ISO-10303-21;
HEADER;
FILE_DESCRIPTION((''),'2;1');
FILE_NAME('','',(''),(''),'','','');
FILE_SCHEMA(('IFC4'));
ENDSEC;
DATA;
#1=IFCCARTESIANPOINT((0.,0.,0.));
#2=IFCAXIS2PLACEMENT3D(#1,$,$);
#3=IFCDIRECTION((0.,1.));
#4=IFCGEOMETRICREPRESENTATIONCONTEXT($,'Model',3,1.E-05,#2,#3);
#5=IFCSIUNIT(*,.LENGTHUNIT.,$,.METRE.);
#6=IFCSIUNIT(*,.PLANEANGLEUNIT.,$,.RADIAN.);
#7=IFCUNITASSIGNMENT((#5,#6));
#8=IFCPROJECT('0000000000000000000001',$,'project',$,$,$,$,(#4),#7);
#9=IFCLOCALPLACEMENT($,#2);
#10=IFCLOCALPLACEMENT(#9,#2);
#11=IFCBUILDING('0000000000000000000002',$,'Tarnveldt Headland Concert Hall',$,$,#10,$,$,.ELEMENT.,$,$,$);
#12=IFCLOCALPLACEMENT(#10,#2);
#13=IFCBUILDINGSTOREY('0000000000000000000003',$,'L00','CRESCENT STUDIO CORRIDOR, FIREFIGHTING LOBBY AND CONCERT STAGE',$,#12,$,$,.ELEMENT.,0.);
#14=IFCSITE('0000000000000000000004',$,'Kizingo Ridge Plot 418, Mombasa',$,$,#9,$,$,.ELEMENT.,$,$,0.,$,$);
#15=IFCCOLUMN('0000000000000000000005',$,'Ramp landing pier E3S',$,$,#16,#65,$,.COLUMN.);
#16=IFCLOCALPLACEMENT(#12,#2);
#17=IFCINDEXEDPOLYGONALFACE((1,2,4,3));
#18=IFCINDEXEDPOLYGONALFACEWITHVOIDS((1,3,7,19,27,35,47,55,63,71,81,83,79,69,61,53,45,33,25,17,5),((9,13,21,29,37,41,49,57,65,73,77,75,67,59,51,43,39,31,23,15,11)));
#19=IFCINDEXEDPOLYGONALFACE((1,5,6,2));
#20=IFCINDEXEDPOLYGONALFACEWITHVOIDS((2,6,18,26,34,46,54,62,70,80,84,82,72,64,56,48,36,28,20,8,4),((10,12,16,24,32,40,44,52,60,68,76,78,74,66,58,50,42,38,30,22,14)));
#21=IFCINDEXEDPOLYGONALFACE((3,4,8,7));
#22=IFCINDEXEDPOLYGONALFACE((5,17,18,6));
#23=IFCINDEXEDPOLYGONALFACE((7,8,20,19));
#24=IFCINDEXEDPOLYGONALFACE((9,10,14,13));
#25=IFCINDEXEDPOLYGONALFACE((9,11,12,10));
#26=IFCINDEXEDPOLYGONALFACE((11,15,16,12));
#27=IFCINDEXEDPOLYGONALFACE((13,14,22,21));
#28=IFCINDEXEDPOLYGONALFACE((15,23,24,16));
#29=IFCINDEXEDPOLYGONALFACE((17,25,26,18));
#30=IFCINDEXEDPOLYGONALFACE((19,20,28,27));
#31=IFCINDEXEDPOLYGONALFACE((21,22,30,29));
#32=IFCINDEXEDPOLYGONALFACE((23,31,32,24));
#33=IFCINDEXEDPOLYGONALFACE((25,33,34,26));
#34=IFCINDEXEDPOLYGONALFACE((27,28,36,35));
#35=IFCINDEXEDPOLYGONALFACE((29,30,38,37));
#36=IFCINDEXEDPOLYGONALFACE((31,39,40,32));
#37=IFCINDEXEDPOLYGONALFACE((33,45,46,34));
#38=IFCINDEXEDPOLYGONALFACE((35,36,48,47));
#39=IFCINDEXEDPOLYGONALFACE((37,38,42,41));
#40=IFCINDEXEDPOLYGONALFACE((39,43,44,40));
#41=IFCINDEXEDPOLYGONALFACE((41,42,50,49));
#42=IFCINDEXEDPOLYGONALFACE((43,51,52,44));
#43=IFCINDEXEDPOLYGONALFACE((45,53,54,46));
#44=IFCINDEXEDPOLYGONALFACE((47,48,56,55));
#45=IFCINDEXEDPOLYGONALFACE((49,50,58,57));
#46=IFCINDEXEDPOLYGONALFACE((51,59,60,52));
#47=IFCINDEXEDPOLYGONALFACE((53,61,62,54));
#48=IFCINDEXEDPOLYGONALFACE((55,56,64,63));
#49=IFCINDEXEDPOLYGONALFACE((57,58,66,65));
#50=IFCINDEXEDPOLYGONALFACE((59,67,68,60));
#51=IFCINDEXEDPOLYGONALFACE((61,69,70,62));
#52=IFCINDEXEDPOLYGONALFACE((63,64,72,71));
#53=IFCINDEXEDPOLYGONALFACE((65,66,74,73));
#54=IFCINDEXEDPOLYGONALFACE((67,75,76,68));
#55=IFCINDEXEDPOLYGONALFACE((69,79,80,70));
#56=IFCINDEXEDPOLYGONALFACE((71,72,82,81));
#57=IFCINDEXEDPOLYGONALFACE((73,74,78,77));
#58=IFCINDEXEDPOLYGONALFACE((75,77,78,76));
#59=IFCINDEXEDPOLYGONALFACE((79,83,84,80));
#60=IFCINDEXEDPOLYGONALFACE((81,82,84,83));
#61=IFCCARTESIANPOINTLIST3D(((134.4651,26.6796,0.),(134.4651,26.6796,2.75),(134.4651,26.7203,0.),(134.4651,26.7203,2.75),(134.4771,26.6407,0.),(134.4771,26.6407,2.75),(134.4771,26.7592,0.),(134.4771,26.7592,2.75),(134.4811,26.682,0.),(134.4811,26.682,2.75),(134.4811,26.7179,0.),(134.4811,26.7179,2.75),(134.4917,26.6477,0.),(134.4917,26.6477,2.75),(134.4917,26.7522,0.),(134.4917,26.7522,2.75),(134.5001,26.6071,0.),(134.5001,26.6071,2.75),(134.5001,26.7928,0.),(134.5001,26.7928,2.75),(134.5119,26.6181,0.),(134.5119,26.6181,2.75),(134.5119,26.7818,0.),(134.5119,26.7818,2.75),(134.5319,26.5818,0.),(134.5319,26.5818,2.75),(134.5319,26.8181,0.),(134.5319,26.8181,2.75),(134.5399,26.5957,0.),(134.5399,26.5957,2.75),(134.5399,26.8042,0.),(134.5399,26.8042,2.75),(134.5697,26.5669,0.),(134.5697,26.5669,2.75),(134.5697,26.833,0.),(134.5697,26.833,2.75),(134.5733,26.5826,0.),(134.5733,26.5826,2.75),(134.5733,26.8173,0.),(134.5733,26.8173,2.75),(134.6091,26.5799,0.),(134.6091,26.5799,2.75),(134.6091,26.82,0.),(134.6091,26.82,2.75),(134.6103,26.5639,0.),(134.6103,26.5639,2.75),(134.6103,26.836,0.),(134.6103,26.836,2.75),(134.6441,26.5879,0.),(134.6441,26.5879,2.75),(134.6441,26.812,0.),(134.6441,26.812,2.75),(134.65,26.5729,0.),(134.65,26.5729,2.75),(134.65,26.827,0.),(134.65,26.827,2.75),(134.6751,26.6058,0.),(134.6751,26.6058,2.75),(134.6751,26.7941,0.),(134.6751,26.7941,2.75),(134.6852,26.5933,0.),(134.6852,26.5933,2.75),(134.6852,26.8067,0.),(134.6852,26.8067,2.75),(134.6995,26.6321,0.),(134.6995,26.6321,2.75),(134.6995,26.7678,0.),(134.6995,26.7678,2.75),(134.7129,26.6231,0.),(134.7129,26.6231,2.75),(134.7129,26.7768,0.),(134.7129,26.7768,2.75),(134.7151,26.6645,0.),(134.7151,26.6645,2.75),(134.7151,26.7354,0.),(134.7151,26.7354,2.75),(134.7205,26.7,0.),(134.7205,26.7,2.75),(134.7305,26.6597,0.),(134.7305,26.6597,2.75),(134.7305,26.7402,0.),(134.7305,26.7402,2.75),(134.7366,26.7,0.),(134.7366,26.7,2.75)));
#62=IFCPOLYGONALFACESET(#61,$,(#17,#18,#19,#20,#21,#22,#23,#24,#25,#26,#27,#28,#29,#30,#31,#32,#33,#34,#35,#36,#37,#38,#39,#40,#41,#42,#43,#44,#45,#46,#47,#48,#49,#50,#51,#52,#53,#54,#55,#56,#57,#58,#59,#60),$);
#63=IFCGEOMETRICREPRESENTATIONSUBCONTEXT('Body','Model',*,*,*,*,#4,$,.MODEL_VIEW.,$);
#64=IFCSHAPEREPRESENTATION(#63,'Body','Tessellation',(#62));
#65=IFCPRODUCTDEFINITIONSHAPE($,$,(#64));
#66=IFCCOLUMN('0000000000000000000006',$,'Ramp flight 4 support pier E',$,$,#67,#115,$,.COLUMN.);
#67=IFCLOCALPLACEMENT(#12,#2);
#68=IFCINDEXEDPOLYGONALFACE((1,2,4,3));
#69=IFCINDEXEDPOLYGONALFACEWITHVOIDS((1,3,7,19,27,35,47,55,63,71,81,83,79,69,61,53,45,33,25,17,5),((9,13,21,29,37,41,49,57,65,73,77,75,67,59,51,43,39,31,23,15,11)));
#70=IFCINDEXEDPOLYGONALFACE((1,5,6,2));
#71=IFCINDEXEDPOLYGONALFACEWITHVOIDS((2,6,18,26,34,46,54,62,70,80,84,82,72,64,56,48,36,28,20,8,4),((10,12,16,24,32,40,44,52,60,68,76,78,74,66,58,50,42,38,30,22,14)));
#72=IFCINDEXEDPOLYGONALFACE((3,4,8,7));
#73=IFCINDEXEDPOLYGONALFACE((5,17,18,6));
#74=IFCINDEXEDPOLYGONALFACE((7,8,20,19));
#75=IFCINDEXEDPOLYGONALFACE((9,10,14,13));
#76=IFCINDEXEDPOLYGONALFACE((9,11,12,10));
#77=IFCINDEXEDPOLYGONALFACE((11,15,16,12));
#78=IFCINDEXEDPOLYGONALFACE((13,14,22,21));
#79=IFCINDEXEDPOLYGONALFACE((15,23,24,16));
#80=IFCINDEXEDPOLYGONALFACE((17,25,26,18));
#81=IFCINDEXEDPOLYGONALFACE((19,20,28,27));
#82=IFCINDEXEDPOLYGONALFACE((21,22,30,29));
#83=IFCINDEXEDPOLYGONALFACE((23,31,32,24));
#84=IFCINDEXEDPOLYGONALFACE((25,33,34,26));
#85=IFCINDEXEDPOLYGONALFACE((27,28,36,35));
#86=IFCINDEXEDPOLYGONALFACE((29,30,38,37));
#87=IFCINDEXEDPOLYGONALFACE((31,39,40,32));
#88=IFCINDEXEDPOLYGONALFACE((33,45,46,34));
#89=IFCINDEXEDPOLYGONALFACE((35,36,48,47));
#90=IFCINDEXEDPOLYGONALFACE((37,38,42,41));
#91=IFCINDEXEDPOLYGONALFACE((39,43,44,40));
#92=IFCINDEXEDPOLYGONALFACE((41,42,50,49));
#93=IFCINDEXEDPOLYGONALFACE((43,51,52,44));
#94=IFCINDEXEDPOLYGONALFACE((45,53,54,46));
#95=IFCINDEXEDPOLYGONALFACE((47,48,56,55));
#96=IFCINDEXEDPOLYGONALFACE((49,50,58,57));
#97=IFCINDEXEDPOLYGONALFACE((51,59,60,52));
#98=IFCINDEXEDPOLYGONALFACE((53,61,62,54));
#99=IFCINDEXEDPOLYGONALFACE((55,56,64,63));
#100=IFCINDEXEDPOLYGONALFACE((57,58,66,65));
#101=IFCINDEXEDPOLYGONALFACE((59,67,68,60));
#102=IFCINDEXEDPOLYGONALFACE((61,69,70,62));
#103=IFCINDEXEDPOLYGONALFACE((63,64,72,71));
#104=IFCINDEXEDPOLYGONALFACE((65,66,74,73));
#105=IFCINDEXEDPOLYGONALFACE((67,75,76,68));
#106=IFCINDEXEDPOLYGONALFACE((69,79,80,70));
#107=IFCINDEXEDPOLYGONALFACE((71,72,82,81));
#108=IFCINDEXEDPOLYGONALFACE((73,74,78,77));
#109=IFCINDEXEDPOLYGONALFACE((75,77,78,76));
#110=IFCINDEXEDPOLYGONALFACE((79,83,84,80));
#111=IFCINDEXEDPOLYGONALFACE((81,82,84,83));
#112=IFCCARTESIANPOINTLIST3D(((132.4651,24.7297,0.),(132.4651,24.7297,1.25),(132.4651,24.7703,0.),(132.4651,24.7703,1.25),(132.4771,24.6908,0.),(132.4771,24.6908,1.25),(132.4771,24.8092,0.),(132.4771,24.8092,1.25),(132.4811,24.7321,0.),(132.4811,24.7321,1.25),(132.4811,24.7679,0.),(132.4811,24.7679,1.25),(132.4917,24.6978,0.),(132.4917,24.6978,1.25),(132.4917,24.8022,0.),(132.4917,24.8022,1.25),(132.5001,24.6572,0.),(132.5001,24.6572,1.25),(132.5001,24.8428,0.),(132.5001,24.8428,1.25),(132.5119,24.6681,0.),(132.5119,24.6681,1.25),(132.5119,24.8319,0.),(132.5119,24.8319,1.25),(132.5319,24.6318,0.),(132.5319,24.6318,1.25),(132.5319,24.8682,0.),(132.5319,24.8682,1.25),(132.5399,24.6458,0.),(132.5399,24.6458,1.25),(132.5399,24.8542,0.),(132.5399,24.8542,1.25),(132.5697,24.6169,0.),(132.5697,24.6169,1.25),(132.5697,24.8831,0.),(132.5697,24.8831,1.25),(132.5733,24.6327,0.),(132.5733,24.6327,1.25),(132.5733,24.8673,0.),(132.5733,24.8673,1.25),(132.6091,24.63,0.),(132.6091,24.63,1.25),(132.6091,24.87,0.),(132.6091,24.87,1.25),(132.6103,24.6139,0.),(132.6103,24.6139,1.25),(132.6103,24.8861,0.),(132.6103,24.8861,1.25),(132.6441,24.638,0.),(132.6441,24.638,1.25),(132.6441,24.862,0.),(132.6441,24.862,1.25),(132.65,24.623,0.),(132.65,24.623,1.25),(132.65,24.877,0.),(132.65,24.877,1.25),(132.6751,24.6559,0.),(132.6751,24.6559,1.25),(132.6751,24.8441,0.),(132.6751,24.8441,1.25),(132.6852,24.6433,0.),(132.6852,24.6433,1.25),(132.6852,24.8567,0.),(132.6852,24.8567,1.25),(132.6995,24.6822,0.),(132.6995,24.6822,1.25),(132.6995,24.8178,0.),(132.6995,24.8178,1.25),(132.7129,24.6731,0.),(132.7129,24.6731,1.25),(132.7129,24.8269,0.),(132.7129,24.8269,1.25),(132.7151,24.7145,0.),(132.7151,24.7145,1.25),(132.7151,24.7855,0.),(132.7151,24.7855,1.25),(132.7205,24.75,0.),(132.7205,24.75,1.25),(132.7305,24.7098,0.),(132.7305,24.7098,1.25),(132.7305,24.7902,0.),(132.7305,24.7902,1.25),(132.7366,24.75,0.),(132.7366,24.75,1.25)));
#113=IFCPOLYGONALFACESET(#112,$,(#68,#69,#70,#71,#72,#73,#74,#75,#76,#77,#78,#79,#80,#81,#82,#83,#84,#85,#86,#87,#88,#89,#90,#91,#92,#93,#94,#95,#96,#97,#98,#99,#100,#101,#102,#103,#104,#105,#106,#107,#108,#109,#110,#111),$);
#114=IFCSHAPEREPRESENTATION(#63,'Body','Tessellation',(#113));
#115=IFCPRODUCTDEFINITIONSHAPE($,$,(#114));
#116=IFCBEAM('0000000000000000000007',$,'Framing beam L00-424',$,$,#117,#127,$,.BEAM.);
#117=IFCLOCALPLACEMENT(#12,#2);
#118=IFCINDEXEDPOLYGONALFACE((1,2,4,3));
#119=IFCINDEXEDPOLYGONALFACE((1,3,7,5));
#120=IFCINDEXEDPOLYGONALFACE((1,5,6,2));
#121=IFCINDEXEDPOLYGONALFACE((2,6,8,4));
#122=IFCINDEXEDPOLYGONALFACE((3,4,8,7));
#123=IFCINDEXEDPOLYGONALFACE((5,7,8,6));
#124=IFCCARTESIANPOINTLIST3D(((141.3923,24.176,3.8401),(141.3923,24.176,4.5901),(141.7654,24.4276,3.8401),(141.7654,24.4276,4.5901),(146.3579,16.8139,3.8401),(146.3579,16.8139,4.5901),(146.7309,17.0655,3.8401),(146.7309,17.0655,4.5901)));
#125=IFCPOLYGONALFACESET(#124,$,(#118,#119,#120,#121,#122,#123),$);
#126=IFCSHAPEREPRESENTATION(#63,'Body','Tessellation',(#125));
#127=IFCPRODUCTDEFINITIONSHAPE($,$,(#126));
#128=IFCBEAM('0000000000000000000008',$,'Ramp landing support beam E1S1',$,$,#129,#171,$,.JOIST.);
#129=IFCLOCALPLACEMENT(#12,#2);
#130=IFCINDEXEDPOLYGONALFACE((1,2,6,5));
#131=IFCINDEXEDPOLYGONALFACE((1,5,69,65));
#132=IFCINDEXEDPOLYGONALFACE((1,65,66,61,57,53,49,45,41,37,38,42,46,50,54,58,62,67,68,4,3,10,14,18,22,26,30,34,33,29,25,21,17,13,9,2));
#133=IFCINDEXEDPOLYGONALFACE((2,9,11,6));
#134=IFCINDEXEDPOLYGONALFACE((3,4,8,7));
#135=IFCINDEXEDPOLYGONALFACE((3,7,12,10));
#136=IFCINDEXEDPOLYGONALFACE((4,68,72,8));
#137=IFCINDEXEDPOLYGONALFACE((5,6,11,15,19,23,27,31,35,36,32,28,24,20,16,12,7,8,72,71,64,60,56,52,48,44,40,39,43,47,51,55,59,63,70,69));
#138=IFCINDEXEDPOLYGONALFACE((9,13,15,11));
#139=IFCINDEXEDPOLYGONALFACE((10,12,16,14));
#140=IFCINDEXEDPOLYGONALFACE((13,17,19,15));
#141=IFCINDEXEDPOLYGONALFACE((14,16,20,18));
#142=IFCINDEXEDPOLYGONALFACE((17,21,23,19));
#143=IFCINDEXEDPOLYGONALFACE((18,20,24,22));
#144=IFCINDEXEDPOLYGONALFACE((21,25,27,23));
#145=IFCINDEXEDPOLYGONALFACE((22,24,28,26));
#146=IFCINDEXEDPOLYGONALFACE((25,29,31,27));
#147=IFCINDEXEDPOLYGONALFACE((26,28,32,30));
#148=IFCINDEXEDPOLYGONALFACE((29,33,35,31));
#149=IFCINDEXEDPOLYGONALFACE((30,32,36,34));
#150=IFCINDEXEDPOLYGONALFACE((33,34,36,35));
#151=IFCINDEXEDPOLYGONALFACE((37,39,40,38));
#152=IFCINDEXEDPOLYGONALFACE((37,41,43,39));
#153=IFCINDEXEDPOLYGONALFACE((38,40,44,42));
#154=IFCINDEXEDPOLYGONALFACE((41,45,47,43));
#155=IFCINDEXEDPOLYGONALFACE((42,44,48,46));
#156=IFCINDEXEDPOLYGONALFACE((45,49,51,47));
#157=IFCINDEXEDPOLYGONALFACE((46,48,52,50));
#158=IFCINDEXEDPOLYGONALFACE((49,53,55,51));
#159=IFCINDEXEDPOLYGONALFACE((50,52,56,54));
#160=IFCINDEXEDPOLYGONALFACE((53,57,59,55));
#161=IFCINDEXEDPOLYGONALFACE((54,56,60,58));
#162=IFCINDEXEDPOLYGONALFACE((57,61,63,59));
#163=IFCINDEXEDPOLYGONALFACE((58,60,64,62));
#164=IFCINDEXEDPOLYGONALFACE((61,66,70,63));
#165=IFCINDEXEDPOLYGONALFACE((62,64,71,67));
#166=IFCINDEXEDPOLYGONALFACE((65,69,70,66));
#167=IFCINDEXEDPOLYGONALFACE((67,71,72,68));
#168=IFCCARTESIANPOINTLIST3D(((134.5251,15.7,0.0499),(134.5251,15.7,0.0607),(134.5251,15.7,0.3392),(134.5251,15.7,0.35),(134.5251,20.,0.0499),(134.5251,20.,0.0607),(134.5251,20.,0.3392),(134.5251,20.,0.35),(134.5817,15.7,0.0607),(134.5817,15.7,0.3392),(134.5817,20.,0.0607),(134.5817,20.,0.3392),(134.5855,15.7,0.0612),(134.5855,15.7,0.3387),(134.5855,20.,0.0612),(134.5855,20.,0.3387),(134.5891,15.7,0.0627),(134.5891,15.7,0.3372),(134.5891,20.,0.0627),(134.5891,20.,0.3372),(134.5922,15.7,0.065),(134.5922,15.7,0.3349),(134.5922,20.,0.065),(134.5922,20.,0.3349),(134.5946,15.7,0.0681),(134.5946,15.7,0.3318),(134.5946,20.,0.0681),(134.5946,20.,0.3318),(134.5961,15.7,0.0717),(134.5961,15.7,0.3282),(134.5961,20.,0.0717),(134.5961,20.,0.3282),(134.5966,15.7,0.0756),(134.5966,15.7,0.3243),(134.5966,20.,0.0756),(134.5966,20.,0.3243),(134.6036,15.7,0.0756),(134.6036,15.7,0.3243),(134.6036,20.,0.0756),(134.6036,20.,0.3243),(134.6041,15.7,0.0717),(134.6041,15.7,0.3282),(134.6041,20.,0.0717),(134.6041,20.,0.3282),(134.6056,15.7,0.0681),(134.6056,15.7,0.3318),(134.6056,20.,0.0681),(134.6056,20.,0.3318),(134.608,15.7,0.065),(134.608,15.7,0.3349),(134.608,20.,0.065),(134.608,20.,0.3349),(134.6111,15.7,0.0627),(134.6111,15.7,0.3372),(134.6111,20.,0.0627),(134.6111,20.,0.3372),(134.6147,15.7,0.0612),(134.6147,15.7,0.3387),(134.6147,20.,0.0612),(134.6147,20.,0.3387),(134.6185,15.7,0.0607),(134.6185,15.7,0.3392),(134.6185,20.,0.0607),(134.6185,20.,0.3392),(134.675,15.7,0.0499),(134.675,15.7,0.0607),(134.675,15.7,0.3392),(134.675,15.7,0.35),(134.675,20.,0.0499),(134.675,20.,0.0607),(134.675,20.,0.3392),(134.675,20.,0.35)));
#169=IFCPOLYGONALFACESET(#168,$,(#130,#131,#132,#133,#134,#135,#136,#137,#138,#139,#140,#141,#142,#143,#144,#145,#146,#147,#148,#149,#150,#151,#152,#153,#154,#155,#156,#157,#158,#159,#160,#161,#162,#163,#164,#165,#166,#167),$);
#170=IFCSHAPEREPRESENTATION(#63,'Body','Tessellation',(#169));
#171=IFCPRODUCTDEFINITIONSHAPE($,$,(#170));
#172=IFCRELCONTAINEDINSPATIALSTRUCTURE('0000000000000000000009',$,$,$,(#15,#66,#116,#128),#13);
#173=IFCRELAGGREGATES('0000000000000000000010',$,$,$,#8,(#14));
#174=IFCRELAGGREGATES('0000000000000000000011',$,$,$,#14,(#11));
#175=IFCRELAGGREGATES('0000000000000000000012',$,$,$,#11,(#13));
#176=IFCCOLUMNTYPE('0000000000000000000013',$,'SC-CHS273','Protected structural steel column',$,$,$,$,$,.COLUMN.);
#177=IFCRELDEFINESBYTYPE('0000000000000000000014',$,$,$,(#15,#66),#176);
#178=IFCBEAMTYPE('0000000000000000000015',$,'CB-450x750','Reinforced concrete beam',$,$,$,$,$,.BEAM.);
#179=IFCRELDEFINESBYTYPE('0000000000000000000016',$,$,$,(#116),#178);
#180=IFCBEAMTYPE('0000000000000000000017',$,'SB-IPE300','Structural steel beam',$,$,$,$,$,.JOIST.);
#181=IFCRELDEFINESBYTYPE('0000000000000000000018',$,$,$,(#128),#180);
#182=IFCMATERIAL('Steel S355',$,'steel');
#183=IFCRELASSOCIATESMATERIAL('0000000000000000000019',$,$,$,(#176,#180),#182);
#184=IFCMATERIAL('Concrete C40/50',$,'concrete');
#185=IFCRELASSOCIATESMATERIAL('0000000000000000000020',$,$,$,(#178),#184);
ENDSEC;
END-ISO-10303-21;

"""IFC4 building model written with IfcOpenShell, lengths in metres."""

from ifc_helpers import new_model, si_unit, direction, frame, origin, origin_2d, place, context, subcontext, project, spatial, rectangle, hollow_circle, i_section, extrude, material, material_profile, profile_set, type_object, element, save


model = new_model("IFC4")

# Units and contexts
model_context = context("Model", 3, precision=1e-05, world=origin(), true_north=direction((0.0, 1.0)))
body_context = subcontext(model_context, "Body", "Model", "MODEL_VIEW")
ifc_project = project(units=[si_unit("LENGTHUNIT", "METRE"), si_unit("PLANEANGLEUNIT", "RADIAN")], contexts=[model_context])

# Site, building, storey
site_placement = place(None, origin())
site = spatial("IfcSite", under=ifc_project, at=site_placement, Name="Kizingo Ridge Plot 418, Mombasa", CompositionType="ELEMENT", RefElevation=0.0)
building_placement = place(site_placement, origin())
building = spatial("IfcBuilding", under=site, at=building_placement, Name="Tarnveldt Headland Concert Hall", CompositionType="ELEMENT")
storey_placement = place(building_placement, origin())
storey = spatial("IfcBuildingStorey", under=building, at=storey_placement, Name="L00", Description="CRESCENT STUDIO CORRIDOR, FIREFIGHTING LOBBY AND CONCERT STAGE", CompositionType="ELEMENT", Elevation=0.0)

# Columns
ifc_material_1 = material(Name="Concrete C40/50", Category="concrete")
ifc_material_2 = material(Name="Steel S355", Category="steel")
ifc_material_profile_1 = material_profile(ifc_material_2, hollow_circle(Radius=0.1365, WallThickness=0.0161, at=origin_2d()), Name="CHS 273x16", Category="steel")
ifc_profile_set_1 = profile_set([ifc_material_profile_1], Name="Steel S355")
column_type_1 = type_object("IfcColumnType", Name="SC-CHS273", Description="Protected structural steel column", PredefinedType="COLUMN", material=ifc_profile_set_1)
column_1_placement = place(storey_placement, frame((134.6001, 26.7, 0.0), z_axis=(0.0, 0.0, 1.0), x_axis=(1.0, 0.0, 0.0)))
element("IfcColumn", 1, at=column_1_placement, inside=storey, type_object=column_type_1, Name="Ramp landing pier E3S", PredefinedType="COLUMN", context=body_context, shape_type="SweptSolid", body=[
    extrude(hollow_circle(Radius=0.1365, WallThickness=0.0161, at=origin_2d()), origin(), (0.0, 0.0, 1.0), 2.75),
])
column_2_placement = place(storey_placement, frame((132.6001, 24.75, 0.0), z_axis=(0.0, 0.0, 1.0), x_axis=(1.0, 0.0, 0.0)))
element("IfcColumn", 2, at=column_2_placement, inside=storey, type_object=column_type_1, Name="Ramp flight 4 support pier E", PredefinedType="COLUMN", context=body_context, shape_type="SweptSolid", body=[
    extrude(hollow_circle(Radius=0.1365, WallThickness=0.0161, at=origin_2d()), origin(), (0.0, 0.0, 1.0), 1.25),
])

# Beams
ifc_material_profile_2 = material_profile(ifc_material_1, rectangle(XDim=0.45, YDim=0.75, at=origin_2d()), Name="RC 450x750", Category="concrete")
ifc_profile_set_2 = profile_set([ifc_material_profile_2], Name="Concrete C40/50")
beam_type_1 = type_object("IfcBeamType", Name="CB-450x750", Description="Reinforced concrete beam", PredefinedType="BEAM", material=ifc_profile_set_2)
beam_1_placement = place(storey_placement, frame((141.5789, 24.3018, 4.2151), z_axis=(0.559178, -0.829048, 0.0), x_axis=(0.829048, 0.559178, 0.0)))
element("IfcBeam", 3, at=beam_1_placement, inside=storey, type_object=beam_type_1, Name="Framing beam L00-424", PredefinedType="BEAM", context=body_context, shape_type="SweptSolid", body=[
    extrude(rectangle(XDim=0.45, YDim=0.75, at=origin_2d()), origin(), (0.0, 0.0, 1.0), 8.8801),
])
ifc_material_profile_3 = material_profile(ifc_material_2, i_section(OverallWidth=0.1499, OverallDepth=0.3, WebThickness=0.0071, FlangeThickness=0.0107, FilletRadius=0.0149, at=origin_2d()), Name="IPE300", Category="steel")
ifc_profile_set_3 = profile_set([ifc_material_profile_3], Name="Steel S355")
beam_type_2 = type_object("IfcBeamType", Name="SB-IPE300", Description="Structural steel beam", PredefinedType="JOIST", material=ifc_profile_set_3)
beam_2_placement = place(storey_placement, frame((134.6001, 15.7, 0.2), z_axis=(0.0, 1.0, 0.0), x_axis=(-1.0, 0.0, 0.0)))
element("IfcBeam", 4, at=beam_2_placement, inside=storey, type_object=beam_type_2, Name="Ramp landing support beam E1S1", PredefinedType="JOIST", context=body_context, shape_type="SweptSolid", body=[
    extrude(i_section(OverallWidth=0.1499, OverallDepth=0.3, WebThickness=0.0071, FlangeThickness=0.0107, FilletRadius=0.0149, at=origin_2d()), origin(), (0.0, 0.0, 1.0), 4.3),
])

save(model, "model.ifc")
